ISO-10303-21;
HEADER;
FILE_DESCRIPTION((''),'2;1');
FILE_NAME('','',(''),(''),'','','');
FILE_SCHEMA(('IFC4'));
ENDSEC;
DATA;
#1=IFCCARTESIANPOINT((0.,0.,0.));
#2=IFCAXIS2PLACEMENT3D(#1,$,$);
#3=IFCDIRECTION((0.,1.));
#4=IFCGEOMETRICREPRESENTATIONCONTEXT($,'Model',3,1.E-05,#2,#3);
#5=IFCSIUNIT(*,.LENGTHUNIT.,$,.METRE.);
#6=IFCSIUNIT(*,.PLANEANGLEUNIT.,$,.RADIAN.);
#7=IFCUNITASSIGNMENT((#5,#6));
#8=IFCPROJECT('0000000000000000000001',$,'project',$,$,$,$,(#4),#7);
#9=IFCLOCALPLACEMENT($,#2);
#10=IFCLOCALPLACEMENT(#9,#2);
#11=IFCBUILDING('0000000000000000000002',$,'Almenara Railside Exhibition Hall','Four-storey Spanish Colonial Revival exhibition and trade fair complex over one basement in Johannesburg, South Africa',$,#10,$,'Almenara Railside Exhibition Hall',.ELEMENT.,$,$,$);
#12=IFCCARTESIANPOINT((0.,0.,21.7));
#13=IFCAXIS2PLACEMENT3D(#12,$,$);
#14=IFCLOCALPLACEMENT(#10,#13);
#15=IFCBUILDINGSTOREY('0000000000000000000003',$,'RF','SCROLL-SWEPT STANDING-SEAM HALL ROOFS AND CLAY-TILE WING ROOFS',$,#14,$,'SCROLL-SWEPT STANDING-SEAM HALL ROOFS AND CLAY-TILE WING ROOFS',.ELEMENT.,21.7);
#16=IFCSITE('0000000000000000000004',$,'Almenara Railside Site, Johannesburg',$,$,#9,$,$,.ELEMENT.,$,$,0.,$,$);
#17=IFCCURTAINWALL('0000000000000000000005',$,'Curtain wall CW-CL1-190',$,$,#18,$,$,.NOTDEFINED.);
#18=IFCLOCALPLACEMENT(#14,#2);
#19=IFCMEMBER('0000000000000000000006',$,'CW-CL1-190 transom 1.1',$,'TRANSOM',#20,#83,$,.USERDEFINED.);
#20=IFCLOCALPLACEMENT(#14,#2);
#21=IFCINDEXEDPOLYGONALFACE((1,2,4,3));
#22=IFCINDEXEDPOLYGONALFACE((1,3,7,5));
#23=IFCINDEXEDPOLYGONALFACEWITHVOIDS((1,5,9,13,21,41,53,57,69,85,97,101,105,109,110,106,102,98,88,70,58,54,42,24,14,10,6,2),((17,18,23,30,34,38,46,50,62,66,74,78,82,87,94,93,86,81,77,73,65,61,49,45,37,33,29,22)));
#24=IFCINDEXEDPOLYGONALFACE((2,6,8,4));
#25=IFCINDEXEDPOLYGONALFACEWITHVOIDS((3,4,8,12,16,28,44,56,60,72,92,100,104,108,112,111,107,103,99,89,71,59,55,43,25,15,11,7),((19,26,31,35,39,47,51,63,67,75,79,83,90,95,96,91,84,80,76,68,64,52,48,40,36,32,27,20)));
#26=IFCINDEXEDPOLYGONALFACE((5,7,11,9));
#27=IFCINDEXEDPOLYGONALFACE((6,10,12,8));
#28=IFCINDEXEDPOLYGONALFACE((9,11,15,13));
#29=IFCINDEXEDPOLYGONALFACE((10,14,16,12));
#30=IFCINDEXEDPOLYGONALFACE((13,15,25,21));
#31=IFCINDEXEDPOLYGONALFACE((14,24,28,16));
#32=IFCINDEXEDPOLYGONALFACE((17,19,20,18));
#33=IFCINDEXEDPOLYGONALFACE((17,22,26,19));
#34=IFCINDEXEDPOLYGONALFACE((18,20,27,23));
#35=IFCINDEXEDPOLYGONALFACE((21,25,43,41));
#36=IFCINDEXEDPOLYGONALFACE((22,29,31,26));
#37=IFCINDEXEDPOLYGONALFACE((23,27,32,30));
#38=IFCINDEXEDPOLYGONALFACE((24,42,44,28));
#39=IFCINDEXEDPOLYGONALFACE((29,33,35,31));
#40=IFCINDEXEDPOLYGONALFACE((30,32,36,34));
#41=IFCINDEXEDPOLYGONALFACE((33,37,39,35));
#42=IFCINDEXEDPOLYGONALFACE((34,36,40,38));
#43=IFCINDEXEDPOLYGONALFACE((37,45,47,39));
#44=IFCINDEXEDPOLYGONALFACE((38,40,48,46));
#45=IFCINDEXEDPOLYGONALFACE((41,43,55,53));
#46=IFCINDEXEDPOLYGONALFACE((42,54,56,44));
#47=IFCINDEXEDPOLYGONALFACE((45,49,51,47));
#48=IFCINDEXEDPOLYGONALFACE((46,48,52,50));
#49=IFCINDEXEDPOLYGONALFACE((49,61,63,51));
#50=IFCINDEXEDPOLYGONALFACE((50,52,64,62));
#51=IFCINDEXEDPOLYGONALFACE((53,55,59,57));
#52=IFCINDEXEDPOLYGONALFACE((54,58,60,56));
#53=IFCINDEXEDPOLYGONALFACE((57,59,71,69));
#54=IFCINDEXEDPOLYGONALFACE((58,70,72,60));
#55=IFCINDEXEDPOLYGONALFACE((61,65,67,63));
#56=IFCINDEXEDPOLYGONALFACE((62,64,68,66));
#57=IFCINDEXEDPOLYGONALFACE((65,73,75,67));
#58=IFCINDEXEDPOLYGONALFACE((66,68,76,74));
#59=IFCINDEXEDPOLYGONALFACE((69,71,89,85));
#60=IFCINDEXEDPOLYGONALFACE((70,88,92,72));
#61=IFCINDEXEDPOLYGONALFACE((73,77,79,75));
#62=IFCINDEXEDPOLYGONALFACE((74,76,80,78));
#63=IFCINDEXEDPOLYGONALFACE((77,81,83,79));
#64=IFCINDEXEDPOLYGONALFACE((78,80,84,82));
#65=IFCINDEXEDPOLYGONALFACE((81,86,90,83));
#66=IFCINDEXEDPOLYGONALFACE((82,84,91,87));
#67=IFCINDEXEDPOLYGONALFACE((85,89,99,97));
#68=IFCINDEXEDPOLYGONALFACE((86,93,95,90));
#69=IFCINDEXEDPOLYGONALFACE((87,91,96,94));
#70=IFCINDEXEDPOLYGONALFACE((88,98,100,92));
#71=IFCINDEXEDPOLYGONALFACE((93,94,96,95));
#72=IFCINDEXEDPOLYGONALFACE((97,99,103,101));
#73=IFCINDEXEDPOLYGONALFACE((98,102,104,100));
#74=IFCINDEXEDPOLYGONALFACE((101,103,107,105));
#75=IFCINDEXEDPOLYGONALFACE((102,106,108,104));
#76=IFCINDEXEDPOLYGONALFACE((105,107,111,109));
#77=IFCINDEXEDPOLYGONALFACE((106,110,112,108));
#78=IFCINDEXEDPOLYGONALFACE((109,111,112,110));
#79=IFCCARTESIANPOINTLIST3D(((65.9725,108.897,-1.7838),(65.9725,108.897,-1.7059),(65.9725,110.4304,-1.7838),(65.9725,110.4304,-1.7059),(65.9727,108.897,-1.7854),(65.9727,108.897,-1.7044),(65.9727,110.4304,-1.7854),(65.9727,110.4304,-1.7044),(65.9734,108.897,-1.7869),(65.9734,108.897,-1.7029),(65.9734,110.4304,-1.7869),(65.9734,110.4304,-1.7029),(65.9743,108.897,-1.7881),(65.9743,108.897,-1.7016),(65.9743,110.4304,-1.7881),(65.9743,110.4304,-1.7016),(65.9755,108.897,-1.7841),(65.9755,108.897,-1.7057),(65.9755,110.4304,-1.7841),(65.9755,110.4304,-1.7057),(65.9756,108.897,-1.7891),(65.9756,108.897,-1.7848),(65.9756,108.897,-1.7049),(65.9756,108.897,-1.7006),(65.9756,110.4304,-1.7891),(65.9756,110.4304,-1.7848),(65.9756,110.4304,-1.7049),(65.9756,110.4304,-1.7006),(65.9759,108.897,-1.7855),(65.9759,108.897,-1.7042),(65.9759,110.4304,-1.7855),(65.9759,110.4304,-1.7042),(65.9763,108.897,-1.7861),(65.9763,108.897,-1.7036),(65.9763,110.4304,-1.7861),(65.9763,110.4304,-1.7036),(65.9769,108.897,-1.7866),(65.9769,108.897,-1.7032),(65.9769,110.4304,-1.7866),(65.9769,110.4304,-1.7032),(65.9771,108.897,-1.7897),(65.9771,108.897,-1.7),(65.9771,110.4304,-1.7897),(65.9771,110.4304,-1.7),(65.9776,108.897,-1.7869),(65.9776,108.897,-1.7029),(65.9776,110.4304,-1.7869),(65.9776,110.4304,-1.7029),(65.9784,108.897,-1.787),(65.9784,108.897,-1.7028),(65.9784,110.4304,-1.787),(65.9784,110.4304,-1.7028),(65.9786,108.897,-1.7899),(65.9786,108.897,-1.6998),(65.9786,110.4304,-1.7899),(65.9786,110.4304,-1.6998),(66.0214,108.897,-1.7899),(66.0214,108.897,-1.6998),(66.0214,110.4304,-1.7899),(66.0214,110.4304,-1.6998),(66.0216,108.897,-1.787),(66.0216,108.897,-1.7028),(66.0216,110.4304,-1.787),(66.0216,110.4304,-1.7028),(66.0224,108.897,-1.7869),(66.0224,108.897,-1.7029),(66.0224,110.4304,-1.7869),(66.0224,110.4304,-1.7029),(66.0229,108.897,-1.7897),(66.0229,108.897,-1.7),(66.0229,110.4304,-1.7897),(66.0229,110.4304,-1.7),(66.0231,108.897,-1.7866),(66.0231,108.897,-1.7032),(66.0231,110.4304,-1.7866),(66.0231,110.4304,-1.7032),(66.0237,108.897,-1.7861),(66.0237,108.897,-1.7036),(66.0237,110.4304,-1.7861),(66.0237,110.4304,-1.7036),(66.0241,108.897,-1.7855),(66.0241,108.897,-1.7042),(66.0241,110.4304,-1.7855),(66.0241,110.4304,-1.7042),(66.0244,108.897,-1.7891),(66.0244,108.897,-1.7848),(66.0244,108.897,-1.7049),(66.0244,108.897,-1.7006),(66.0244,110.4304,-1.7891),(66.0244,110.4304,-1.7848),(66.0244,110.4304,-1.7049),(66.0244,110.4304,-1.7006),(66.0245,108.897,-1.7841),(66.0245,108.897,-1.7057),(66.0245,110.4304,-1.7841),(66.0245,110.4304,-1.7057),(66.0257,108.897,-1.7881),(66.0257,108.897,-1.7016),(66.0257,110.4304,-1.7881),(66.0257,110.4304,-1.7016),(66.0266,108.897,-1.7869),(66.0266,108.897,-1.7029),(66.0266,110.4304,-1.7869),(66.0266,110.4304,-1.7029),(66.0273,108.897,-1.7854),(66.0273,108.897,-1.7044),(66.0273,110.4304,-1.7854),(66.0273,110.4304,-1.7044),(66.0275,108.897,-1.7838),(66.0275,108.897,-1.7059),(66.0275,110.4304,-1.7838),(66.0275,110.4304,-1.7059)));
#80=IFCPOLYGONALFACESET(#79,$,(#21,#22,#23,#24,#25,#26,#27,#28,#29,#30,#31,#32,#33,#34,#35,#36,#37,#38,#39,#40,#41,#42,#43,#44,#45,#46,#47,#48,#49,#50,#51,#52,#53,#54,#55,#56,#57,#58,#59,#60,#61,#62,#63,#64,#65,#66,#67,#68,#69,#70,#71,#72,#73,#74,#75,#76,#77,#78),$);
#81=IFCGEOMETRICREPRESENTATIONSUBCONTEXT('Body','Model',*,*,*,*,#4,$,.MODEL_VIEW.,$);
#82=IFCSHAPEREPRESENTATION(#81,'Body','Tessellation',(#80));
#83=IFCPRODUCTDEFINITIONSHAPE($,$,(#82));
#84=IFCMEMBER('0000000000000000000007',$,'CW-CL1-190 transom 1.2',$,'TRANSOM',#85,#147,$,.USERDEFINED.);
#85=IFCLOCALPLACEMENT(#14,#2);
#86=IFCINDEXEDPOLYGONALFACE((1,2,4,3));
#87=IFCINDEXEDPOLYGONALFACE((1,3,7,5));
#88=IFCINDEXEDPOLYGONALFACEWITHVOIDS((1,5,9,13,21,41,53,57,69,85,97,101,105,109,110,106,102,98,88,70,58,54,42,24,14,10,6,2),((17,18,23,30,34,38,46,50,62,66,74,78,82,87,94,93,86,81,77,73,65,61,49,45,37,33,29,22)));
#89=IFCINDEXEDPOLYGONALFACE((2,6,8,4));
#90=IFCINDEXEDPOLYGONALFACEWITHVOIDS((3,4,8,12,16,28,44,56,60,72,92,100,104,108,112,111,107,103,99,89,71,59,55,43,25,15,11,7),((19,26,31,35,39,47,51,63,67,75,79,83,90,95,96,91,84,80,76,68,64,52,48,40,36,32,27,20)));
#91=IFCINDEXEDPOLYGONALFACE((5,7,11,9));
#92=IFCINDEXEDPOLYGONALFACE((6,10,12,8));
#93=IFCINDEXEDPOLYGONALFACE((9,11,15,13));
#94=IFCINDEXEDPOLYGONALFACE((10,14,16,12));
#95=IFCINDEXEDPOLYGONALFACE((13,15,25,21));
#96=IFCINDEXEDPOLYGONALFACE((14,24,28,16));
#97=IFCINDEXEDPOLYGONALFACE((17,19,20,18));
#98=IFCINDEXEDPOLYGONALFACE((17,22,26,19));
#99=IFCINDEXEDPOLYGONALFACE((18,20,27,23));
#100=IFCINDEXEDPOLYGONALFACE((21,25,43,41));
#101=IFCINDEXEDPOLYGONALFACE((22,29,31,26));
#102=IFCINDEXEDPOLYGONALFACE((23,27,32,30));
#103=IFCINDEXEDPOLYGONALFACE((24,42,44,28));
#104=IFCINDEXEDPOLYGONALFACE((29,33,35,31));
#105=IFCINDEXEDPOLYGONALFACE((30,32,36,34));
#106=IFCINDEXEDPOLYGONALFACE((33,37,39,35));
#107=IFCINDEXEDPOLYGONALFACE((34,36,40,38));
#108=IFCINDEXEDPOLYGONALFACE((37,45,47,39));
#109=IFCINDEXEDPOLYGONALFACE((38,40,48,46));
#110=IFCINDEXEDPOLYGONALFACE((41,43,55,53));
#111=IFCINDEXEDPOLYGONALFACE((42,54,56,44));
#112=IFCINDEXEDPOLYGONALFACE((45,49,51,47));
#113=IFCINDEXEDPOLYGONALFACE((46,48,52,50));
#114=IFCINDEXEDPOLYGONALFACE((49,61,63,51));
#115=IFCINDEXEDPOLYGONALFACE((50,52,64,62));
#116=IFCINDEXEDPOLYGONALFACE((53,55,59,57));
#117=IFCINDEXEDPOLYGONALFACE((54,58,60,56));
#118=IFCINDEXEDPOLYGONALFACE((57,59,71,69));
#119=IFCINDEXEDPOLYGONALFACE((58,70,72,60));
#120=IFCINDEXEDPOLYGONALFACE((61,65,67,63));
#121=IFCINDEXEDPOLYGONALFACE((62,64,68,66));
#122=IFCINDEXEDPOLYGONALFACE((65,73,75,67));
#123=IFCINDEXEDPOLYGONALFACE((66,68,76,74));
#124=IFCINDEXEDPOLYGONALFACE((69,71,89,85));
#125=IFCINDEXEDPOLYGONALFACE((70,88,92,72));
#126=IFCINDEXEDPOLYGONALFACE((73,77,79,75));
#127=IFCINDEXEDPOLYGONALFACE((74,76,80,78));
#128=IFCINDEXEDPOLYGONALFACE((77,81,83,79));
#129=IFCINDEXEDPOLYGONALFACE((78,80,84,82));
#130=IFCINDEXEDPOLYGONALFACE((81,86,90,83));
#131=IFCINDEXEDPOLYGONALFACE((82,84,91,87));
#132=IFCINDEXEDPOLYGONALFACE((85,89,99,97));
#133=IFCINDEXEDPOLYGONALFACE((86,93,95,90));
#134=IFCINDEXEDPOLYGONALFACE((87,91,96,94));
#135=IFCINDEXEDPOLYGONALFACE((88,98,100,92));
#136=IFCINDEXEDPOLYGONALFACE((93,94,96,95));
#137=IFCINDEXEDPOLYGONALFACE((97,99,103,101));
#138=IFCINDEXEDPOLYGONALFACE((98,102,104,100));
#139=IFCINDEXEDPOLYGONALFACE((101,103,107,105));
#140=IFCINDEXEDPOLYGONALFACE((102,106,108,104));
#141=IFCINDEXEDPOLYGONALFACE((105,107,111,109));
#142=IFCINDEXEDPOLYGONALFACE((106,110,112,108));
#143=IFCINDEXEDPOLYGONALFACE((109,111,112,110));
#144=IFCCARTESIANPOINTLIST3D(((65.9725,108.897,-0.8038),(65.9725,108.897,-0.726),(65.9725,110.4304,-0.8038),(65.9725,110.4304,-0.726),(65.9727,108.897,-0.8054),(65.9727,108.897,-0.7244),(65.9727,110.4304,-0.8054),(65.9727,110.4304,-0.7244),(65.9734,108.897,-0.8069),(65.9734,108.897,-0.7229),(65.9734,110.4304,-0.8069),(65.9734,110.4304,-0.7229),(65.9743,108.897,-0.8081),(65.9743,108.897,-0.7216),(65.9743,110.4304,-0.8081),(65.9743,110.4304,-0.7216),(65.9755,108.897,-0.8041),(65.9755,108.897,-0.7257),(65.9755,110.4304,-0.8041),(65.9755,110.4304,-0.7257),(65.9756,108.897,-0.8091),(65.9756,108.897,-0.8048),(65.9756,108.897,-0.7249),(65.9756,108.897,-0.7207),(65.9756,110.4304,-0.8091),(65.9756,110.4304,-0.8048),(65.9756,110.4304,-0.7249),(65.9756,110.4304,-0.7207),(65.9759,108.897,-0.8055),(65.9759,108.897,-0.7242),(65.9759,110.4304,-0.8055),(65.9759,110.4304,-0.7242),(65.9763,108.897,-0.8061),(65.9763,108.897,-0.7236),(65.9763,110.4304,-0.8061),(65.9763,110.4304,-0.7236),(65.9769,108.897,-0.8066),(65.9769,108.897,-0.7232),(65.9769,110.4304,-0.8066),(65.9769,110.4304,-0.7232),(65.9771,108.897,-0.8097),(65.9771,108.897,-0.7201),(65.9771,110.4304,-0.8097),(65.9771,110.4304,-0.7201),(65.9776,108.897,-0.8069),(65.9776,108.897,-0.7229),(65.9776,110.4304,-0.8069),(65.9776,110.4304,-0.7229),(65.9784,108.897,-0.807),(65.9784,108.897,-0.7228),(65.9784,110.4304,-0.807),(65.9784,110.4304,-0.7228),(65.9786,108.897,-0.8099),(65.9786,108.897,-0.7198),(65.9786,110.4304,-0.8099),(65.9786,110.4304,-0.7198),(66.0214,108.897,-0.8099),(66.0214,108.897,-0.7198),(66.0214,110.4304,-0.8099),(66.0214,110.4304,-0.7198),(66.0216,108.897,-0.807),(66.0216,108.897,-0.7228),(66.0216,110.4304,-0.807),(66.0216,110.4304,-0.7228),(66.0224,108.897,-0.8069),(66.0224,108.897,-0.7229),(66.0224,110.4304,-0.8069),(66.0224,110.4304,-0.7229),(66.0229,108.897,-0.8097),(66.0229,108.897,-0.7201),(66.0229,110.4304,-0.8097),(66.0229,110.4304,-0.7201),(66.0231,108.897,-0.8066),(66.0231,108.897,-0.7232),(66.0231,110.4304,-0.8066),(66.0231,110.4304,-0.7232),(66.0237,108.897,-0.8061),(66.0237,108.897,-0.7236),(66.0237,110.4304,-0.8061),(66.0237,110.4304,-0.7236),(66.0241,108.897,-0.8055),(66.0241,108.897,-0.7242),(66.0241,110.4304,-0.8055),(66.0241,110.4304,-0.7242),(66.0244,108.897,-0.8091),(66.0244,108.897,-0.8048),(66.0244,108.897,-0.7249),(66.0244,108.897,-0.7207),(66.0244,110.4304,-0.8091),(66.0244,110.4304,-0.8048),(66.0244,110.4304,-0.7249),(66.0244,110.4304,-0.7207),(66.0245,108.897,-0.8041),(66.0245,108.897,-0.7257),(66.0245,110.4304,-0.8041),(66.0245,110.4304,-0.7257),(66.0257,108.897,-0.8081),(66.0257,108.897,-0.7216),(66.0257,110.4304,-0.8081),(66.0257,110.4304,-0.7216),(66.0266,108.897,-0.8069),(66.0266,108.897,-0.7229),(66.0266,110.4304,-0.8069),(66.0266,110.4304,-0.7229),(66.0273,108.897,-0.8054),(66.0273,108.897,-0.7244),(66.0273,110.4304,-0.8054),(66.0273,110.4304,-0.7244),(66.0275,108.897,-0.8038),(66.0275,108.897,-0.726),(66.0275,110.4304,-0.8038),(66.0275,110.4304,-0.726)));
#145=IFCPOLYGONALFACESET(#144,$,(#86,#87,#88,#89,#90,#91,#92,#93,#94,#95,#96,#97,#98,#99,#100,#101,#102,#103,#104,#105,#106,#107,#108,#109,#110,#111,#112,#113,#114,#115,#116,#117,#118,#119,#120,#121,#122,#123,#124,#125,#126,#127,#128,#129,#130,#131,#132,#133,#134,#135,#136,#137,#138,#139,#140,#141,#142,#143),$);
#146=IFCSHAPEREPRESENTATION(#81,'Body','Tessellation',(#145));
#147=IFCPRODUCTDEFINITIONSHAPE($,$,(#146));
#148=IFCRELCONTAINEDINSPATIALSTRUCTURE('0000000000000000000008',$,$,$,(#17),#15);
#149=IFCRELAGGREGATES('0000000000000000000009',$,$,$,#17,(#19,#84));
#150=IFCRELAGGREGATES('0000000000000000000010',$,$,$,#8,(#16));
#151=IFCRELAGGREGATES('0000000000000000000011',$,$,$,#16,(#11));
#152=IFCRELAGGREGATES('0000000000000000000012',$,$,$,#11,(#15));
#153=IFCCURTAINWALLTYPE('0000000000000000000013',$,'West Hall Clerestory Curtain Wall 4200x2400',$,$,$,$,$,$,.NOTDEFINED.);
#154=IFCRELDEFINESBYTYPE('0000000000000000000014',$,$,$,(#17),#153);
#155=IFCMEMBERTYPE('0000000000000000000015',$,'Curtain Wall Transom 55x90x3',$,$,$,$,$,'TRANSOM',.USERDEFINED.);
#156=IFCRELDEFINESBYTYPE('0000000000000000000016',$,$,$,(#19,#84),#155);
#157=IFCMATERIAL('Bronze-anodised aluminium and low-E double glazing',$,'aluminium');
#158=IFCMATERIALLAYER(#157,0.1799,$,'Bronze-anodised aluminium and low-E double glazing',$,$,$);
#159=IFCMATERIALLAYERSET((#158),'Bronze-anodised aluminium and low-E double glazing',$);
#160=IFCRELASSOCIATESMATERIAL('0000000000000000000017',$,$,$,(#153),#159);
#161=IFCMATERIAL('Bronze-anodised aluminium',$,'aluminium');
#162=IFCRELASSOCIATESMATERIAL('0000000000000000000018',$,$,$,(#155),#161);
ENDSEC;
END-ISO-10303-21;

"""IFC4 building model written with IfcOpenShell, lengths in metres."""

from ifc_helpers import new_model, si_unit, direction, frame, origin, origin_2d, place, context, subcontext, project, spatial, hollow_rectangle, extrude, material, layer, layer_set, material_profile, profile_set, type_object, element, aggregate, save


model = new_model("IFC4")

# Units and contexts
model_context = context("Model", 3, precision=1e-05, world=origin(), true_north=direction((0.0, 1.0)))
body_context = subcontext(model_context, "Body", "Model", "MODEL_VIEW")
ifc_project = project(units=[si_unit("LENGTHUNIT", "METRE"), si_unit("PLANEANGLEUNIT", "RADIAN")], contexts=[model_context])

# Site, building, storey
site_placement = place(None, origin())
site = spatial("IfcSite", under=ifc_project, at=site_placement, Name="Almenara Railside Site, Johannesburg", CompositionType="ELEMENT", RefElevation=0.0)
building_placement = place(site_placement, origin())
building = spatial("IfcBuilding", under=site, at=building_placement, Name="Almenara Railside Exhibition Hall", Description="Four-storey Spanish Colonial Revival exhibition and trade fair complex over one basement in Johannesburg, South Africa", LongName="Almenara Railside Exhibition Hall", CompositionType="ELEMENT")
storey_placement = place(building_placement, frame((0.0, 0.0, 21.7)))
storey = spatial("IfcBuildingStorey", under=building, at=storey_placement, Name="RF", Description="SCROLL-SWEPT STANDING-SEAM HALL ROOFS AND CLAY-TILE WING ROOFS", LongName="SCROLL-SWEPT STANDING-SEAM HALL ROOFS AND CLAY-TILE WING ROOFS", CompositionType="ELEMENT", Elevation=21.7)

# Curtain wall, members
ifc_material_1 = material(Name="Bronze-anodised aluminium and low-E double glazing", Category="aluminium")
ifc_layer_1 = layer(ifc_material_1, 0.1799, Name="Bronze-anodised aluminium and low-E double glazing")
ifc_layer_set_1 = layer_set([ifc_layer_1], Name="Bronze-anodised aluminium and low-E double glazing")
curtain_wall_type = type_object("IfcCurtainWallType", Name="West Hall Clerestory Curtain Wall 4200x2400", PredefinedType="NOTDEFINED", material=ifc_layer_set_1)
curtain_wall_placement = place(storey_placement, origin())
curtain_wall = element("IfcCurtainWall", 1, at=curtain_wall_placement, inside=storey, type_object=curtain_wall_type, Name="Curtain wall CW-CL1-190", PredefinedType="NOTDEFINED")
ifc_material_2 = material(Name="Bronze-anodised aluminium", Category="aluminium")
ifc_material_profile_1 = material_profile(ifc_material_2, hollow_rectangle(XDim=0.0549, YDim=0.0901, WallThickness=0.0029, InnerFilletRadius=0.0029, OuterFilletRadius=0.0061, at=origin_2d()), Name="ALU-TRN 55x90x3")
ifc_profile_set_1 = profile_set([ifc_material_profile_1], Name="Bronze-anodised aluminium")
member_type_1 = type_object("IfcMemberType", Name="Curtain Wall Transom 55x90x3", ElementType="TRANSOM", PredefinedType="USERDEFINED", material=ifc_profile_set_1)
member_1_placement = place(storey_placement, frame((66.0, 108.897, -1.7449), z_axis=(0.0, 1.0, 0.0), x_axis=(-1.0, 0.0, 0.0)))
member_1 = element("IfcMember", 2, at=member_1_placement, type_object=member_type_1, Name="CW-CL1-190 transom 1.1", ObjectType="TRANSOM", PredefinedType="USERDEFINED", context=body_context, shape_type="SweptSolid", body=[
    extrude(hollow_rectangle(XDim=0.0549, YDim=0.0901, WallThickness=0.0029, InnerFilletRadius=0.0029, OuterFilletRadius=0.0061, at=origin_2d()), origin(), (0.0, 0.0, 1.0), 1.5334),
])
member_2_placement = place(storey_placement, frame((66.0, 108.897, -0.7649), z_axis=(0.0, 1.0, 0.0), x_axis=(-1.0, 0.0, 0.0)))
member_2 = element("IfcMember", 3, at=member_2_placement, type_object=member_type_1, Name="CW-CL1-190 transom 1.2", ObjectType="TRANSOM", PredefinedType="USERDEFINED", context=body_context, shape_type="SweptSolid", body=[
    extrude(hollow_rectangle(XDim=0.0549, YDim=0.0901, WallThickness=0.0029, InnerFilletRadius=0.0029, OuterFilletRadius=0.0061, at=origin_2d()), origin(), (0.0, 0.0, 1.0), 1.5334),
])

aggregate(curtain_wall, [member_1, member_2])

save(model, "model.ifc")
